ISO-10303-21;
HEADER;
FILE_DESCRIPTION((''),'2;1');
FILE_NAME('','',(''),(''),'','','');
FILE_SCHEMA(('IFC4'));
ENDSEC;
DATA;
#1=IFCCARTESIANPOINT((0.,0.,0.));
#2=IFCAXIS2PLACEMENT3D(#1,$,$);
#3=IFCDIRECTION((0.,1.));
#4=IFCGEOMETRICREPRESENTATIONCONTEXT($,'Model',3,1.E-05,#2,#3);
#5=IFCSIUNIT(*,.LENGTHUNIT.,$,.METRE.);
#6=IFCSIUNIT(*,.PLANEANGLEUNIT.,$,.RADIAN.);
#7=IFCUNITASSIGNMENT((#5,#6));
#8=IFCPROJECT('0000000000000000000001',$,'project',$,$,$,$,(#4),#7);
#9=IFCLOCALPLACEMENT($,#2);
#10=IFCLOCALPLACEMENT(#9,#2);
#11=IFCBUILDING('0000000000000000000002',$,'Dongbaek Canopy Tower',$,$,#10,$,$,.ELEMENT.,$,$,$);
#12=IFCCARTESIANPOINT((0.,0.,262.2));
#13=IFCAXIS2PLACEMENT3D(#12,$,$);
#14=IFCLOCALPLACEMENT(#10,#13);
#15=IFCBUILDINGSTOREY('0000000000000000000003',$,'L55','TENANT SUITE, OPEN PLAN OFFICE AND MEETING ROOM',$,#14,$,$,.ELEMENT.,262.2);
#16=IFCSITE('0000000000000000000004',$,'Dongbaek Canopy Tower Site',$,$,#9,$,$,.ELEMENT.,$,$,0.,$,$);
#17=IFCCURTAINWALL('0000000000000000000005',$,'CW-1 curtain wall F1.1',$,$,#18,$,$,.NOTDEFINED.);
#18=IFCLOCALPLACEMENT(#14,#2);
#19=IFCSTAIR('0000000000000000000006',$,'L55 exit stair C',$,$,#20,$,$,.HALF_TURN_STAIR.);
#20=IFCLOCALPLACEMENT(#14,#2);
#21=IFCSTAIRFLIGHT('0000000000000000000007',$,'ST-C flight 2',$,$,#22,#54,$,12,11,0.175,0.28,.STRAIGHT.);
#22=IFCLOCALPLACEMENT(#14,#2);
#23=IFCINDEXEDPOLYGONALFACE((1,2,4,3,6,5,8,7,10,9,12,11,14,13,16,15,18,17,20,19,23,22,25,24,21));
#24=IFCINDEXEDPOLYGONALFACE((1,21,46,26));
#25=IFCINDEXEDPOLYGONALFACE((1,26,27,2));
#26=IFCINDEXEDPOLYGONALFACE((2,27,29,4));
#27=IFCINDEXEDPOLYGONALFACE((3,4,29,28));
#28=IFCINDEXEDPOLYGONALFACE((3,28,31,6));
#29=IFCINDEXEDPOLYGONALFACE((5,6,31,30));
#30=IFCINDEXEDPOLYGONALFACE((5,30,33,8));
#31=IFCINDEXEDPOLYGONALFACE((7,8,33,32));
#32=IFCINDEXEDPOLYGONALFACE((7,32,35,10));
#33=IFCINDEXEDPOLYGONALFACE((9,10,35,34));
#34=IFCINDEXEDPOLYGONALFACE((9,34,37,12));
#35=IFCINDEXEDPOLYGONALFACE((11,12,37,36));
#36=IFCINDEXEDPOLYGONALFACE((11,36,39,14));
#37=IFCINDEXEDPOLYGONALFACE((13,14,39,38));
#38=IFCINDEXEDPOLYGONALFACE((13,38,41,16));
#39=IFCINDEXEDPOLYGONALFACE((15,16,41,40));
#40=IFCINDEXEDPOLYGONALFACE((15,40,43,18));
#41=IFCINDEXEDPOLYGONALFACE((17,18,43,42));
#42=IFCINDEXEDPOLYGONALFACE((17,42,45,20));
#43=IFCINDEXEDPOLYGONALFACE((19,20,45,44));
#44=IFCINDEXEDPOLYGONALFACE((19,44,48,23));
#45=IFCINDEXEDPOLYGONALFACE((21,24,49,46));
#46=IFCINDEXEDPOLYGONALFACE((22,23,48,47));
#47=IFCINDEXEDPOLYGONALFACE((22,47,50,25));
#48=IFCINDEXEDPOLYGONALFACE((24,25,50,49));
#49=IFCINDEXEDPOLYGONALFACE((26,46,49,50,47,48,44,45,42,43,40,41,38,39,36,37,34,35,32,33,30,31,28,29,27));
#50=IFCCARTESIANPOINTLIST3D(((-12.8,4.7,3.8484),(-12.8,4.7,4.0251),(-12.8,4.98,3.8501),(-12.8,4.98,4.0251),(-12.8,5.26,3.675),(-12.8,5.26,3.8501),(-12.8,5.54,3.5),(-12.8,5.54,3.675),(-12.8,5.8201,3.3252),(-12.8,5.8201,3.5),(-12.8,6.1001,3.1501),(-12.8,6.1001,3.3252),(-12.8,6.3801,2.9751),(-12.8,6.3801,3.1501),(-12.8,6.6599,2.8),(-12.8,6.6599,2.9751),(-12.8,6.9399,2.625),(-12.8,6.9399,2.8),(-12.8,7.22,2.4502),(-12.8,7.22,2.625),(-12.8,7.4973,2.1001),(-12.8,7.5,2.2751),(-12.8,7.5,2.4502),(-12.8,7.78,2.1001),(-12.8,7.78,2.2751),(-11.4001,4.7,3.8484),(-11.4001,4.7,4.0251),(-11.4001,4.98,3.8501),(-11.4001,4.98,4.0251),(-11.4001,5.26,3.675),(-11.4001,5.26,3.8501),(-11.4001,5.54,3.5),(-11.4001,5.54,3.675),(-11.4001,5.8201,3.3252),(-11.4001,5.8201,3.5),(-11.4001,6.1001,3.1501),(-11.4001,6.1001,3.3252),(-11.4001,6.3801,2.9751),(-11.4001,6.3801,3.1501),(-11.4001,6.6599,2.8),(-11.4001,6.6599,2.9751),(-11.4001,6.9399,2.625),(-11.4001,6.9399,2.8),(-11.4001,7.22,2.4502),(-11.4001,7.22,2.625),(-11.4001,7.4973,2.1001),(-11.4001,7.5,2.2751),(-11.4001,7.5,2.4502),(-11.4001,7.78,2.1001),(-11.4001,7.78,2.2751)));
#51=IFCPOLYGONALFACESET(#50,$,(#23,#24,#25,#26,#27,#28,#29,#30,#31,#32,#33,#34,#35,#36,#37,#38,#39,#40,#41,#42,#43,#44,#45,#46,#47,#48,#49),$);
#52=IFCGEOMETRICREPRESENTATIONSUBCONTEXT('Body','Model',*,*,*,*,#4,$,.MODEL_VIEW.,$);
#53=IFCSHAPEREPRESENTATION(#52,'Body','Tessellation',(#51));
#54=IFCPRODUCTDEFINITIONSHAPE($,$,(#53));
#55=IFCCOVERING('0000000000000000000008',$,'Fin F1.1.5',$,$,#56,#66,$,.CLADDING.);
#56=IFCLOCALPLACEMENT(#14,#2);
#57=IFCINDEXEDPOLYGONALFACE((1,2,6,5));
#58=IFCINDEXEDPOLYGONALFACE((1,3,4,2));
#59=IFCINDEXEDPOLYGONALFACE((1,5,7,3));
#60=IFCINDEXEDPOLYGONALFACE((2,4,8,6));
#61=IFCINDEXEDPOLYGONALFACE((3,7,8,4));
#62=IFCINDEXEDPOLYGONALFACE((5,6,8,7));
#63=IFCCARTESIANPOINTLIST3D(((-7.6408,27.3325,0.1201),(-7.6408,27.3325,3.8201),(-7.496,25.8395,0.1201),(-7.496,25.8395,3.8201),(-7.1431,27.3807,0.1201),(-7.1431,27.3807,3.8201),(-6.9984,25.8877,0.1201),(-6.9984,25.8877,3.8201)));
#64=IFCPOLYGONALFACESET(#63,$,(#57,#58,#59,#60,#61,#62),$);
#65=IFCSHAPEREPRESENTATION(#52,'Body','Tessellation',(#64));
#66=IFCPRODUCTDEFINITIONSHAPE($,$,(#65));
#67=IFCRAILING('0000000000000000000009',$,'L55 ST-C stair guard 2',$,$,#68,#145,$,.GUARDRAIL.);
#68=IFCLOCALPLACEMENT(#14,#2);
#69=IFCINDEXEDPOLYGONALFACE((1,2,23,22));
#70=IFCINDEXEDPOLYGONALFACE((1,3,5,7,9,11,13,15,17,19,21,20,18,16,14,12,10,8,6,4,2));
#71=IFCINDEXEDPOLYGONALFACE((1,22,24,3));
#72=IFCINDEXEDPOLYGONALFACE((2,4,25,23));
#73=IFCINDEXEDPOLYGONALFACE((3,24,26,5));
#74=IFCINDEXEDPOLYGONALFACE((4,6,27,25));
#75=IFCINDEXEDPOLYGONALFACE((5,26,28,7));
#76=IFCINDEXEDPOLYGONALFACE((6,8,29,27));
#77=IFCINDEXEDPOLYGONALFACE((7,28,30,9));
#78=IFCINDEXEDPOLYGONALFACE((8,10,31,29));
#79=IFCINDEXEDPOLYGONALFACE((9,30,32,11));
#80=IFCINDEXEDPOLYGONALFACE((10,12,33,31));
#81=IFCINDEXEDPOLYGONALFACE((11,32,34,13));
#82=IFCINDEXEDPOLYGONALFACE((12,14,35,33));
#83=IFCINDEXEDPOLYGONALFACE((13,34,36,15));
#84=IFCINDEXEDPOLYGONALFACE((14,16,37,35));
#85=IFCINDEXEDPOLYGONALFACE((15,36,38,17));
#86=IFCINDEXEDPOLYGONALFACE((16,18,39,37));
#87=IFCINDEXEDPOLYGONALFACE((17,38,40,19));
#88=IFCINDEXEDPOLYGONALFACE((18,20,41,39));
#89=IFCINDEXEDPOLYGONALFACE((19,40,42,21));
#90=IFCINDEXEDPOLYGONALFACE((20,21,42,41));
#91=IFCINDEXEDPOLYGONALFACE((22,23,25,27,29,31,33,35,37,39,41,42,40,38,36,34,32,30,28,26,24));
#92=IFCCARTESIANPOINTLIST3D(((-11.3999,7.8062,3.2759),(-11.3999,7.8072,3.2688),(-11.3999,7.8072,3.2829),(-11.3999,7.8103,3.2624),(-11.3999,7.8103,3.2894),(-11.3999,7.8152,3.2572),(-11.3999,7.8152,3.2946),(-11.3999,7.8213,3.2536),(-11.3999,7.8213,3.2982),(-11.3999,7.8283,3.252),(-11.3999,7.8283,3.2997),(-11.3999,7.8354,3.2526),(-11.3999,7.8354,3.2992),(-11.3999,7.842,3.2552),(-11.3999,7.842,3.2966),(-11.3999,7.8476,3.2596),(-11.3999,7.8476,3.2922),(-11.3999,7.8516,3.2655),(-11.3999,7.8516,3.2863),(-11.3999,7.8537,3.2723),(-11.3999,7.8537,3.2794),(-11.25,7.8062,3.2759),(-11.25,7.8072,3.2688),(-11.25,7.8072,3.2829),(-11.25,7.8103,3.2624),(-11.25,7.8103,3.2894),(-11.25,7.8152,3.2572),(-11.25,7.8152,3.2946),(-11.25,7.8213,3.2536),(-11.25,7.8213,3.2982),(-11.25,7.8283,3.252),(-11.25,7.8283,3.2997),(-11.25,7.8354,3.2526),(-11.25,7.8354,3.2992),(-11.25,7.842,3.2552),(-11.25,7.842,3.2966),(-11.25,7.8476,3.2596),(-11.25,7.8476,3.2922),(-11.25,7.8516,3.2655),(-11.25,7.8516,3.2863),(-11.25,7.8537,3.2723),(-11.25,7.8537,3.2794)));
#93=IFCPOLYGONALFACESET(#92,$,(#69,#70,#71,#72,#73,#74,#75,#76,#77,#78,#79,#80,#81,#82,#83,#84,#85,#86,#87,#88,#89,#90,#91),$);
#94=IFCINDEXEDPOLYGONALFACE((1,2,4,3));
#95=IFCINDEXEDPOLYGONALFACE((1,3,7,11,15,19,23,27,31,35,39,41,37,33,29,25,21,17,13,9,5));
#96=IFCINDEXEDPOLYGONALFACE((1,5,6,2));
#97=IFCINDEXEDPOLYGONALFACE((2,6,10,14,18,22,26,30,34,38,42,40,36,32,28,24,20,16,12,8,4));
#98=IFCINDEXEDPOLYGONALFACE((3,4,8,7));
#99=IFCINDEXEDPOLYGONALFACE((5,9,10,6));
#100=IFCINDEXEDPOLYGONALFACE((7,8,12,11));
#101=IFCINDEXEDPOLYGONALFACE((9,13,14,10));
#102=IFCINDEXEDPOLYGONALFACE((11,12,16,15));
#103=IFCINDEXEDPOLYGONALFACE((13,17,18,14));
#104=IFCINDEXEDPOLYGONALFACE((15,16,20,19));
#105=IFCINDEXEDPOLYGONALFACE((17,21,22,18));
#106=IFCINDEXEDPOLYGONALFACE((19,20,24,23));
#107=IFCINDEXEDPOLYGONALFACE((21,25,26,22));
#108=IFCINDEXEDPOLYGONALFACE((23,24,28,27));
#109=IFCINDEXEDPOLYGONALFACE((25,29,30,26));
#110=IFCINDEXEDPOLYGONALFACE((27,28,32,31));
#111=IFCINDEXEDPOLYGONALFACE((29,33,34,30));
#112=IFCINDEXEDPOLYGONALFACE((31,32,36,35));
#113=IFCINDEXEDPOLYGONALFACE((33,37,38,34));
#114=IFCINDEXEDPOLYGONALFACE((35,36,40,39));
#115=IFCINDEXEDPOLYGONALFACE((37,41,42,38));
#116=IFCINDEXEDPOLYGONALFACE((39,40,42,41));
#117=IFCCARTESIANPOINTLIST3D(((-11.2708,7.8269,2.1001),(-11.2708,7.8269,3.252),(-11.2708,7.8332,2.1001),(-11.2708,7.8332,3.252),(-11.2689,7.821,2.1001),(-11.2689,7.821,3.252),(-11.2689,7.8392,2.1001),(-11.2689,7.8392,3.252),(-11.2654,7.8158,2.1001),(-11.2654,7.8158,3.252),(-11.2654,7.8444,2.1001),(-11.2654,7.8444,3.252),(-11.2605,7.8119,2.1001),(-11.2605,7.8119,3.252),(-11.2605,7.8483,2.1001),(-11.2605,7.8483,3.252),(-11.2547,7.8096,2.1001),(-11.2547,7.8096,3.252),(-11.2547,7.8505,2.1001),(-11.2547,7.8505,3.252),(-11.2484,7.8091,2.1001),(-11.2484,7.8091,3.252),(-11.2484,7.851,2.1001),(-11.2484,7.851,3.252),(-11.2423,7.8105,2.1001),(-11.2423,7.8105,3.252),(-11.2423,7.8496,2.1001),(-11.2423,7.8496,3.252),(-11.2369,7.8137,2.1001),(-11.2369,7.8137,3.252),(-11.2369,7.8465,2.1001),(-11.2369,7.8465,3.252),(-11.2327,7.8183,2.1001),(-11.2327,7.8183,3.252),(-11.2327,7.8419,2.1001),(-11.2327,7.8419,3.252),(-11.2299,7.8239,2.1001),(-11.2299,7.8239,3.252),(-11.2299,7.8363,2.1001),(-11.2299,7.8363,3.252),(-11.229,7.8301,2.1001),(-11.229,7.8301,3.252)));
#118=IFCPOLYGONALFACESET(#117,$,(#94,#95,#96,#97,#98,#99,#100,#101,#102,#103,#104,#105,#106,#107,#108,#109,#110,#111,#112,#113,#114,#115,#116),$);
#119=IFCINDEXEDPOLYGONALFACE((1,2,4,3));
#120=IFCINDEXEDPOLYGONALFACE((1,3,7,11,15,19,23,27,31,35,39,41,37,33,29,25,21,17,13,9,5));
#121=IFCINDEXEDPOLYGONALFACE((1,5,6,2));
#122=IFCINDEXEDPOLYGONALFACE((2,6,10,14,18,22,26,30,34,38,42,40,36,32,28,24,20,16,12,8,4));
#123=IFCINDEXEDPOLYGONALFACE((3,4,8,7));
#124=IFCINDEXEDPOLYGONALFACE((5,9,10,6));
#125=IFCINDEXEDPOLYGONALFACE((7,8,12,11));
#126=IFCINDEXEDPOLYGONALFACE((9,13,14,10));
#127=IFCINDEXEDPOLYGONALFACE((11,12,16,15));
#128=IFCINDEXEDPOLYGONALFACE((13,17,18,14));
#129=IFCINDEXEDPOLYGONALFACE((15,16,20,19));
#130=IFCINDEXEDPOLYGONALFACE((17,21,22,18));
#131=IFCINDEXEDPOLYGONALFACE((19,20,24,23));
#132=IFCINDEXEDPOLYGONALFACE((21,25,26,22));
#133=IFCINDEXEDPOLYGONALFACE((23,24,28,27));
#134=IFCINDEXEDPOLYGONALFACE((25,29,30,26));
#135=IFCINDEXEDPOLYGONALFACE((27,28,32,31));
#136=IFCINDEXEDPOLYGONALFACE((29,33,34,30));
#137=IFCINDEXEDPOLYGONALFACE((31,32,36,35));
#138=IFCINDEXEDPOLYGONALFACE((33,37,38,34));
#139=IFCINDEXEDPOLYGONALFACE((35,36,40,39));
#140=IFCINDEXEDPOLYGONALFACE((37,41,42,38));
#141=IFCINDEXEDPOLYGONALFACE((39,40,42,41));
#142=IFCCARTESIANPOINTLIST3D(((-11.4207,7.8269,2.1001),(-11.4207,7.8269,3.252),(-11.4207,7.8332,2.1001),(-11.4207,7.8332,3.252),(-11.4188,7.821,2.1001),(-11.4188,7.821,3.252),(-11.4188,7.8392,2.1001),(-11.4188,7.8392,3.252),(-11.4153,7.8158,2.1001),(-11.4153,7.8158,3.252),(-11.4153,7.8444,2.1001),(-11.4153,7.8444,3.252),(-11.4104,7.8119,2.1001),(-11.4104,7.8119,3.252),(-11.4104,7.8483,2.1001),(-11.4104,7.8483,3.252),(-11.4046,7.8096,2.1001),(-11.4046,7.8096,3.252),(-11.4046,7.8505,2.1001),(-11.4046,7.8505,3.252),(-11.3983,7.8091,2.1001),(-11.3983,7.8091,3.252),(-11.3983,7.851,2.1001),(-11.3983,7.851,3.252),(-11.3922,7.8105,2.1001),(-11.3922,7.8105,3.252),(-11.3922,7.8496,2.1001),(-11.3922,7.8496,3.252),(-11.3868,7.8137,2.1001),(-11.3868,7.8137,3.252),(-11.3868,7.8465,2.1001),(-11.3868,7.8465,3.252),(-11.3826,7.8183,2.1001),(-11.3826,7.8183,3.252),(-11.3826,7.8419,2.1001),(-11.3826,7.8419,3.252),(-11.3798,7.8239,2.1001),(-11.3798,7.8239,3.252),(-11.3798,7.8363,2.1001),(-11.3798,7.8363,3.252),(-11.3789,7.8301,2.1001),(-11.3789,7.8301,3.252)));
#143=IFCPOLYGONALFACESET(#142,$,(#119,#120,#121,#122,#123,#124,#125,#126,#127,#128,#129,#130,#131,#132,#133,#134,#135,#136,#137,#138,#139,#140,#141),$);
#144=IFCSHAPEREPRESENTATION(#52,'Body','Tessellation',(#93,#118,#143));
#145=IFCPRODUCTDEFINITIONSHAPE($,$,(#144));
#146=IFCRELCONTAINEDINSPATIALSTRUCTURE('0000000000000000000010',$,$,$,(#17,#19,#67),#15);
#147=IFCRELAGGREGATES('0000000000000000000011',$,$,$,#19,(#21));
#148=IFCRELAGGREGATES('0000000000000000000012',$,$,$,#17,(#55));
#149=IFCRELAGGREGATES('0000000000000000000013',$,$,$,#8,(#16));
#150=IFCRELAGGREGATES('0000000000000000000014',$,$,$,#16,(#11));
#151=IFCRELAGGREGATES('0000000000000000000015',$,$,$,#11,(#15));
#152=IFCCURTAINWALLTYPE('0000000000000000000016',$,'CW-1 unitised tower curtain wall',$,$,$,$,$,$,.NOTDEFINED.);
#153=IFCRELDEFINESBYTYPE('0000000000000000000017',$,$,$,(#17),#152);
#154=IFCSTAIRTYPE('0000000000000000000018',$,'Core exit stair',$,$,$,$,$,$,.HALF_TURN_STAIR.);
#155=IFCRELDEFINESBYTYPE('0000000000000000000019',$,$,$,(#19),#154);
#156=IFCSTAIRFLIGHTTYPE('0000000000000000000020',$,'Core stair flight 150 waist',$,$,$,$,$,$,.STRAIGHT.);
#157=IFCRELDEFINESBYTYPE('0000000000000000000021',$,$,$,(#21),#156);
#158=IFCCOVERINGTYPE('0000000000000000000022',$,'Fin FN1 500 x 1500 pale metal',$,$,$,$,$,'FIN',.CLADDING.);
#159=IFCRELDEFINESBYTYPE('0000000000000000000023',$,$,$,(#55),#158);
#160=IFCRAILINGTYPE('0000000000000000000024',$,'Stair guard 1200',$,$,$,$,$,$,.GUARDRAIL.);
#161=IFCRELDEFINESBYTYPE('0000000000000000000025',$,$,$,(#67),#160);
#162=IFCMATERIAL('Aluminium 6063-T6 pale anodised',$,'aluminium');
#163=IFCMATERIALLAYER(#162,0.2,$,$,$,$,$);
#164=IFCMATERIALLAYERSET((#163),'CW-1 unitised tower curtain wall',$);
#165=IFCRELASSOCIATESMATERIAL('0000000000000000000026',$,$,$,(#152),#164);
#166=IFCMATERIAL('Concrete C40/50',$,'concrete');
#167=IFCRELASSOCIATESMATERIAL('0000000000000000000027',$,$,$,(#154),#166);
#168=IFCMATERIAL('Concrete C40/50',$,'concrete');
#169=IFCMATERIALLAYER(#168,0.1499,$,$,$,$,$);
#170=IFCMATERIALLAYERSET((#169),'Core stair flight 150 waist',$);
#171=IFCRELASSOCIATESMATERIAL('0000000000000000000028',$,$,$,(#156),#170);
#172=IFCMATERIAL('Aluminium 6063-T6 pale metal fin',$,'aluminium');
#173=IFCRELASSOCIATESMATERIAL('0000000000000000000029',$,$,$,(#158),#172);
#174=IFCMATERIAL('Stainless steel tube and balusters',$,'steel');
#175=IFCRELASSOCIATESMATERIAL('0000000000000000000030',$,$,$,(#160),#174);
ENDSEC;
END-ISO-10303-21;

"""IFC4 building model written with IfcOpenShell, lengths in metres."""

from ifc_helpers import new_model, si_unit, direction, frame, origin, origin_2d, place, context, subcontext, project, spatial, polyline, rectangle, circle, outline, extrude, material, layer, layer_set, material_profile, profile_set, type_object, element, aggregate, save


model = new_model("IFC4")

# Units and contexts
model_context = context("Model", 3, precision=1e-05, world=origin(), true_north=direction((0.0, 1.0)))
body_context = subcontext(model_context, "Body", "Model", "MODEL_VIEW")
ifc_project = project(units=[si_unit("LENGTHUNIT", "METRE"), si_unit("PLANEANGLEUNIT", "RADIAN")], contexts=[model_context])

# Site, building, storey
site_placement = place(None, origin())
site = spatial("IfcSite", under=ifc_project, at=site_placement, Name="Dongbaek Canopy Tower Site", CompositionType="ELEMENT", RefElevation=0.0)
building_placement = place(site_placement, origin())
building = spatial("IfcBuilding", under=site, at=building_placement, Name="Dongbaek Canopy Tower", CompositionType="ELEMENT")
storey_placement = place(building_placement, frame((0.0, 0.0, 262.2)))
storey = spatial("IfcBuildingStorey", under=building, at=storey_placement, Name="L55", Description="TENANT SUITE, OPEN PLAN OFFICE AND MEETING ROOM", CompositionType="ELEMENT", Elevation=262.2)

# Curtain wall
ifc_material_1 = material(Name="Aluminium 6063-T6 pale anodised", Category="aluminium")
ifc_layer_1 = layer(ifc_material_1, 0.2)
ifc_layer_set_1 = layer_set([ifc_layer_1], Name="CW-1 unitised tower curtain wall")
curtain_wall_type = type_object("IfcCurtainWallType", Name="CW-1 unitised tower curtain wall", PredefinedType="NOTDEFINED", material=ifc_layer_set_1)
curtain_wall_1_placement = place(storey_placement, origin())
curtain_wall_1 = element("IfcCurtainWall", 1, at=curtain_wall_1_placement, inside=storey, type_object=curtain_wall_type, Name="CW-1 curtain wall F1.1", PredefinedType="NOTDEFINED")

# Stair, stair flight
ifc_material_2 = material(Name="Concrete C40/50", Category="concrete")
stair_type = type_object("IfcStairType", Name="Core exit stair", PredefinedType="HALF_TURN_STAIR", material=ifc_material_2)
stair_placement = place(storey_placement, origin())
stair = element("IfcStair", 2, at=stair_placement, inside=storey, type_object=stair_type, Name="L55 exit stair C", PredefinedType="HALF_TURN_STAIR")
ifc_material_3 = material(Name="Concrete C40/50", Category="concrete")
ifc_layer_2 = layer(ifc_material_3, 0.1499)
ifc_layer_set_2 = layer_set([ifc_layer_2], Name="Core stair flight 150 waist")
stair_flight_type = type_object("IfcStairFlightType", Name="Core stair flight 150 waist", PredefinedType="STRAIGHT", material=ifc_layer_set_2)
stair_flight_placement = place(storey_placement, frame((-12.1001, 7.78, 2.1001), z_axis=(0.0, 0.0, 1.0), x_axis=(0.0, -1.0, 0.0)))
stair_flight = element("IfcStairFlight", 3, at=stair_flight_placement, type_object=stair_flight_type, Name="ST-C flight 2", NumberOfRisers=12, NumberOfTreads=11, PredefinedType="STRAIGHT", RiserHeight=0.175, TreadLength=0.28, context=body_context, shape_type="SweptSolid", body=[
    extrude(outline(polyline([(0.0, 0.0), (0.0, 0.175), (0.28, 0.175), (0.28, 0.3501), (0.5601, 0.3501), (0.5601, 0.5249), (0.8401, 0.5249), (0.8401, 0.7), (1.1201, 0.7), (1.1201, 0.875), (1.3999, 0.875), (1.3999, 1.05), (1.6799, 1.05), (1.6799, 1.2251), (1.96, 1.2251), (1.96, 1.3999), (2.24, 1.3999), (2.24, 1.575), (2.52, 1.575), (2.52, 1.75), (2.8, 1.75), (2.8, 1.925), (3.0801, 1.925), (3.0801, 2.1001), (3.0801, 1.7483), (0.2827, 0.0), (0.0, 0.0)])), frame((0.0, 0.7, 0.0), z_axis=(0.0, -1.0, 0.0), x_axis=(1.0, 0.0, 0.0)), (0.0, 0.0, 1.0), 1.3999),
])
aggregate(stair, [stair_flight])

# Covering
ifc_material_4 = material(Name="Aluminium 6063-T6 pale metal fin", Category="aluminium")
ifc_material_profile_1 = material_profile(ifc_material_4, rectangle(XDim=1.5, YDim=0.5, at=origin_2d()), Name="Fin FN1 500 x 1500 pale metal")
ifc_profile_set_1 = profile_set([ifc_material_profile_1], Name="Aluminium 6063-T6 pale metal fin")
covering_type = type_object("IfcCoveringType", Name="Fin FN1 500 x 1500 pale metal", ElementType="FIN", PredefinedType="CLADDING", material=ifc_profile_set_1)
covering_placement = place(storey_placement, frame((-7.3196, 26.6101, 0.1201), z_axis=(0.0, 0.0, 1.0), x_axis=(-0.096506, 0.995332, 0.0)))
covering = element("IfcCovering", 4, at=covering_placement, type_object=covering_type, Name="Fin F1.1.5", PredefinedType="CLADDING", context=body_context, shape_type="SweptSolid", body=[
    extrude(rectangle(XDim=1.5, YDim=0.5, at=origin_2d()), origin(), (0.0, 0.0, 1.0), 3.7),
])
aggregate(curtain_wall_1, [covering])

# Railing
ifc_material_5 = material(Name="Stainless steel tube and balusters", Category="steel")
railing_type_1 = type_object("IfcRailingType", Name="Stair guard 1200", PredefinedType="GUARDRAIL", material=ifc_material_5)
railing_1_placement = place(storey_placement, frame((-11.25, 7.8301, 2.1001)))
element("IfcRailing", 5, at=railing_1_placement, inside=storey, type_object=railing_type_1, Name="L55 ST-C stair guard 2", PredefinedType="GUARDRAIL", context=body_context, shape_type="SweptSolid", body=[
    extrude(circle(Radius=0.0239, at=origin_2d()), frame((0.0, 0.0, 1.1758), z_axis=(-1.0, 0.0, 0.0), x_axis=(0.0, -1.0, 0.0)), (0.0, 0.0, 1.0), 0.1499),
    extrude(circle(Radius=0.021, at=origin_2d()), origin(), (0.0, 0.0, 1.0), 1.1519),
    extrude(circle(Radius=0.021, at=origin_2d()), frame((-0.1499, 0.0, 0.0)), (0.0, 0.0, 1.0), 1.1519),
])

save(model, "model.ifc")
